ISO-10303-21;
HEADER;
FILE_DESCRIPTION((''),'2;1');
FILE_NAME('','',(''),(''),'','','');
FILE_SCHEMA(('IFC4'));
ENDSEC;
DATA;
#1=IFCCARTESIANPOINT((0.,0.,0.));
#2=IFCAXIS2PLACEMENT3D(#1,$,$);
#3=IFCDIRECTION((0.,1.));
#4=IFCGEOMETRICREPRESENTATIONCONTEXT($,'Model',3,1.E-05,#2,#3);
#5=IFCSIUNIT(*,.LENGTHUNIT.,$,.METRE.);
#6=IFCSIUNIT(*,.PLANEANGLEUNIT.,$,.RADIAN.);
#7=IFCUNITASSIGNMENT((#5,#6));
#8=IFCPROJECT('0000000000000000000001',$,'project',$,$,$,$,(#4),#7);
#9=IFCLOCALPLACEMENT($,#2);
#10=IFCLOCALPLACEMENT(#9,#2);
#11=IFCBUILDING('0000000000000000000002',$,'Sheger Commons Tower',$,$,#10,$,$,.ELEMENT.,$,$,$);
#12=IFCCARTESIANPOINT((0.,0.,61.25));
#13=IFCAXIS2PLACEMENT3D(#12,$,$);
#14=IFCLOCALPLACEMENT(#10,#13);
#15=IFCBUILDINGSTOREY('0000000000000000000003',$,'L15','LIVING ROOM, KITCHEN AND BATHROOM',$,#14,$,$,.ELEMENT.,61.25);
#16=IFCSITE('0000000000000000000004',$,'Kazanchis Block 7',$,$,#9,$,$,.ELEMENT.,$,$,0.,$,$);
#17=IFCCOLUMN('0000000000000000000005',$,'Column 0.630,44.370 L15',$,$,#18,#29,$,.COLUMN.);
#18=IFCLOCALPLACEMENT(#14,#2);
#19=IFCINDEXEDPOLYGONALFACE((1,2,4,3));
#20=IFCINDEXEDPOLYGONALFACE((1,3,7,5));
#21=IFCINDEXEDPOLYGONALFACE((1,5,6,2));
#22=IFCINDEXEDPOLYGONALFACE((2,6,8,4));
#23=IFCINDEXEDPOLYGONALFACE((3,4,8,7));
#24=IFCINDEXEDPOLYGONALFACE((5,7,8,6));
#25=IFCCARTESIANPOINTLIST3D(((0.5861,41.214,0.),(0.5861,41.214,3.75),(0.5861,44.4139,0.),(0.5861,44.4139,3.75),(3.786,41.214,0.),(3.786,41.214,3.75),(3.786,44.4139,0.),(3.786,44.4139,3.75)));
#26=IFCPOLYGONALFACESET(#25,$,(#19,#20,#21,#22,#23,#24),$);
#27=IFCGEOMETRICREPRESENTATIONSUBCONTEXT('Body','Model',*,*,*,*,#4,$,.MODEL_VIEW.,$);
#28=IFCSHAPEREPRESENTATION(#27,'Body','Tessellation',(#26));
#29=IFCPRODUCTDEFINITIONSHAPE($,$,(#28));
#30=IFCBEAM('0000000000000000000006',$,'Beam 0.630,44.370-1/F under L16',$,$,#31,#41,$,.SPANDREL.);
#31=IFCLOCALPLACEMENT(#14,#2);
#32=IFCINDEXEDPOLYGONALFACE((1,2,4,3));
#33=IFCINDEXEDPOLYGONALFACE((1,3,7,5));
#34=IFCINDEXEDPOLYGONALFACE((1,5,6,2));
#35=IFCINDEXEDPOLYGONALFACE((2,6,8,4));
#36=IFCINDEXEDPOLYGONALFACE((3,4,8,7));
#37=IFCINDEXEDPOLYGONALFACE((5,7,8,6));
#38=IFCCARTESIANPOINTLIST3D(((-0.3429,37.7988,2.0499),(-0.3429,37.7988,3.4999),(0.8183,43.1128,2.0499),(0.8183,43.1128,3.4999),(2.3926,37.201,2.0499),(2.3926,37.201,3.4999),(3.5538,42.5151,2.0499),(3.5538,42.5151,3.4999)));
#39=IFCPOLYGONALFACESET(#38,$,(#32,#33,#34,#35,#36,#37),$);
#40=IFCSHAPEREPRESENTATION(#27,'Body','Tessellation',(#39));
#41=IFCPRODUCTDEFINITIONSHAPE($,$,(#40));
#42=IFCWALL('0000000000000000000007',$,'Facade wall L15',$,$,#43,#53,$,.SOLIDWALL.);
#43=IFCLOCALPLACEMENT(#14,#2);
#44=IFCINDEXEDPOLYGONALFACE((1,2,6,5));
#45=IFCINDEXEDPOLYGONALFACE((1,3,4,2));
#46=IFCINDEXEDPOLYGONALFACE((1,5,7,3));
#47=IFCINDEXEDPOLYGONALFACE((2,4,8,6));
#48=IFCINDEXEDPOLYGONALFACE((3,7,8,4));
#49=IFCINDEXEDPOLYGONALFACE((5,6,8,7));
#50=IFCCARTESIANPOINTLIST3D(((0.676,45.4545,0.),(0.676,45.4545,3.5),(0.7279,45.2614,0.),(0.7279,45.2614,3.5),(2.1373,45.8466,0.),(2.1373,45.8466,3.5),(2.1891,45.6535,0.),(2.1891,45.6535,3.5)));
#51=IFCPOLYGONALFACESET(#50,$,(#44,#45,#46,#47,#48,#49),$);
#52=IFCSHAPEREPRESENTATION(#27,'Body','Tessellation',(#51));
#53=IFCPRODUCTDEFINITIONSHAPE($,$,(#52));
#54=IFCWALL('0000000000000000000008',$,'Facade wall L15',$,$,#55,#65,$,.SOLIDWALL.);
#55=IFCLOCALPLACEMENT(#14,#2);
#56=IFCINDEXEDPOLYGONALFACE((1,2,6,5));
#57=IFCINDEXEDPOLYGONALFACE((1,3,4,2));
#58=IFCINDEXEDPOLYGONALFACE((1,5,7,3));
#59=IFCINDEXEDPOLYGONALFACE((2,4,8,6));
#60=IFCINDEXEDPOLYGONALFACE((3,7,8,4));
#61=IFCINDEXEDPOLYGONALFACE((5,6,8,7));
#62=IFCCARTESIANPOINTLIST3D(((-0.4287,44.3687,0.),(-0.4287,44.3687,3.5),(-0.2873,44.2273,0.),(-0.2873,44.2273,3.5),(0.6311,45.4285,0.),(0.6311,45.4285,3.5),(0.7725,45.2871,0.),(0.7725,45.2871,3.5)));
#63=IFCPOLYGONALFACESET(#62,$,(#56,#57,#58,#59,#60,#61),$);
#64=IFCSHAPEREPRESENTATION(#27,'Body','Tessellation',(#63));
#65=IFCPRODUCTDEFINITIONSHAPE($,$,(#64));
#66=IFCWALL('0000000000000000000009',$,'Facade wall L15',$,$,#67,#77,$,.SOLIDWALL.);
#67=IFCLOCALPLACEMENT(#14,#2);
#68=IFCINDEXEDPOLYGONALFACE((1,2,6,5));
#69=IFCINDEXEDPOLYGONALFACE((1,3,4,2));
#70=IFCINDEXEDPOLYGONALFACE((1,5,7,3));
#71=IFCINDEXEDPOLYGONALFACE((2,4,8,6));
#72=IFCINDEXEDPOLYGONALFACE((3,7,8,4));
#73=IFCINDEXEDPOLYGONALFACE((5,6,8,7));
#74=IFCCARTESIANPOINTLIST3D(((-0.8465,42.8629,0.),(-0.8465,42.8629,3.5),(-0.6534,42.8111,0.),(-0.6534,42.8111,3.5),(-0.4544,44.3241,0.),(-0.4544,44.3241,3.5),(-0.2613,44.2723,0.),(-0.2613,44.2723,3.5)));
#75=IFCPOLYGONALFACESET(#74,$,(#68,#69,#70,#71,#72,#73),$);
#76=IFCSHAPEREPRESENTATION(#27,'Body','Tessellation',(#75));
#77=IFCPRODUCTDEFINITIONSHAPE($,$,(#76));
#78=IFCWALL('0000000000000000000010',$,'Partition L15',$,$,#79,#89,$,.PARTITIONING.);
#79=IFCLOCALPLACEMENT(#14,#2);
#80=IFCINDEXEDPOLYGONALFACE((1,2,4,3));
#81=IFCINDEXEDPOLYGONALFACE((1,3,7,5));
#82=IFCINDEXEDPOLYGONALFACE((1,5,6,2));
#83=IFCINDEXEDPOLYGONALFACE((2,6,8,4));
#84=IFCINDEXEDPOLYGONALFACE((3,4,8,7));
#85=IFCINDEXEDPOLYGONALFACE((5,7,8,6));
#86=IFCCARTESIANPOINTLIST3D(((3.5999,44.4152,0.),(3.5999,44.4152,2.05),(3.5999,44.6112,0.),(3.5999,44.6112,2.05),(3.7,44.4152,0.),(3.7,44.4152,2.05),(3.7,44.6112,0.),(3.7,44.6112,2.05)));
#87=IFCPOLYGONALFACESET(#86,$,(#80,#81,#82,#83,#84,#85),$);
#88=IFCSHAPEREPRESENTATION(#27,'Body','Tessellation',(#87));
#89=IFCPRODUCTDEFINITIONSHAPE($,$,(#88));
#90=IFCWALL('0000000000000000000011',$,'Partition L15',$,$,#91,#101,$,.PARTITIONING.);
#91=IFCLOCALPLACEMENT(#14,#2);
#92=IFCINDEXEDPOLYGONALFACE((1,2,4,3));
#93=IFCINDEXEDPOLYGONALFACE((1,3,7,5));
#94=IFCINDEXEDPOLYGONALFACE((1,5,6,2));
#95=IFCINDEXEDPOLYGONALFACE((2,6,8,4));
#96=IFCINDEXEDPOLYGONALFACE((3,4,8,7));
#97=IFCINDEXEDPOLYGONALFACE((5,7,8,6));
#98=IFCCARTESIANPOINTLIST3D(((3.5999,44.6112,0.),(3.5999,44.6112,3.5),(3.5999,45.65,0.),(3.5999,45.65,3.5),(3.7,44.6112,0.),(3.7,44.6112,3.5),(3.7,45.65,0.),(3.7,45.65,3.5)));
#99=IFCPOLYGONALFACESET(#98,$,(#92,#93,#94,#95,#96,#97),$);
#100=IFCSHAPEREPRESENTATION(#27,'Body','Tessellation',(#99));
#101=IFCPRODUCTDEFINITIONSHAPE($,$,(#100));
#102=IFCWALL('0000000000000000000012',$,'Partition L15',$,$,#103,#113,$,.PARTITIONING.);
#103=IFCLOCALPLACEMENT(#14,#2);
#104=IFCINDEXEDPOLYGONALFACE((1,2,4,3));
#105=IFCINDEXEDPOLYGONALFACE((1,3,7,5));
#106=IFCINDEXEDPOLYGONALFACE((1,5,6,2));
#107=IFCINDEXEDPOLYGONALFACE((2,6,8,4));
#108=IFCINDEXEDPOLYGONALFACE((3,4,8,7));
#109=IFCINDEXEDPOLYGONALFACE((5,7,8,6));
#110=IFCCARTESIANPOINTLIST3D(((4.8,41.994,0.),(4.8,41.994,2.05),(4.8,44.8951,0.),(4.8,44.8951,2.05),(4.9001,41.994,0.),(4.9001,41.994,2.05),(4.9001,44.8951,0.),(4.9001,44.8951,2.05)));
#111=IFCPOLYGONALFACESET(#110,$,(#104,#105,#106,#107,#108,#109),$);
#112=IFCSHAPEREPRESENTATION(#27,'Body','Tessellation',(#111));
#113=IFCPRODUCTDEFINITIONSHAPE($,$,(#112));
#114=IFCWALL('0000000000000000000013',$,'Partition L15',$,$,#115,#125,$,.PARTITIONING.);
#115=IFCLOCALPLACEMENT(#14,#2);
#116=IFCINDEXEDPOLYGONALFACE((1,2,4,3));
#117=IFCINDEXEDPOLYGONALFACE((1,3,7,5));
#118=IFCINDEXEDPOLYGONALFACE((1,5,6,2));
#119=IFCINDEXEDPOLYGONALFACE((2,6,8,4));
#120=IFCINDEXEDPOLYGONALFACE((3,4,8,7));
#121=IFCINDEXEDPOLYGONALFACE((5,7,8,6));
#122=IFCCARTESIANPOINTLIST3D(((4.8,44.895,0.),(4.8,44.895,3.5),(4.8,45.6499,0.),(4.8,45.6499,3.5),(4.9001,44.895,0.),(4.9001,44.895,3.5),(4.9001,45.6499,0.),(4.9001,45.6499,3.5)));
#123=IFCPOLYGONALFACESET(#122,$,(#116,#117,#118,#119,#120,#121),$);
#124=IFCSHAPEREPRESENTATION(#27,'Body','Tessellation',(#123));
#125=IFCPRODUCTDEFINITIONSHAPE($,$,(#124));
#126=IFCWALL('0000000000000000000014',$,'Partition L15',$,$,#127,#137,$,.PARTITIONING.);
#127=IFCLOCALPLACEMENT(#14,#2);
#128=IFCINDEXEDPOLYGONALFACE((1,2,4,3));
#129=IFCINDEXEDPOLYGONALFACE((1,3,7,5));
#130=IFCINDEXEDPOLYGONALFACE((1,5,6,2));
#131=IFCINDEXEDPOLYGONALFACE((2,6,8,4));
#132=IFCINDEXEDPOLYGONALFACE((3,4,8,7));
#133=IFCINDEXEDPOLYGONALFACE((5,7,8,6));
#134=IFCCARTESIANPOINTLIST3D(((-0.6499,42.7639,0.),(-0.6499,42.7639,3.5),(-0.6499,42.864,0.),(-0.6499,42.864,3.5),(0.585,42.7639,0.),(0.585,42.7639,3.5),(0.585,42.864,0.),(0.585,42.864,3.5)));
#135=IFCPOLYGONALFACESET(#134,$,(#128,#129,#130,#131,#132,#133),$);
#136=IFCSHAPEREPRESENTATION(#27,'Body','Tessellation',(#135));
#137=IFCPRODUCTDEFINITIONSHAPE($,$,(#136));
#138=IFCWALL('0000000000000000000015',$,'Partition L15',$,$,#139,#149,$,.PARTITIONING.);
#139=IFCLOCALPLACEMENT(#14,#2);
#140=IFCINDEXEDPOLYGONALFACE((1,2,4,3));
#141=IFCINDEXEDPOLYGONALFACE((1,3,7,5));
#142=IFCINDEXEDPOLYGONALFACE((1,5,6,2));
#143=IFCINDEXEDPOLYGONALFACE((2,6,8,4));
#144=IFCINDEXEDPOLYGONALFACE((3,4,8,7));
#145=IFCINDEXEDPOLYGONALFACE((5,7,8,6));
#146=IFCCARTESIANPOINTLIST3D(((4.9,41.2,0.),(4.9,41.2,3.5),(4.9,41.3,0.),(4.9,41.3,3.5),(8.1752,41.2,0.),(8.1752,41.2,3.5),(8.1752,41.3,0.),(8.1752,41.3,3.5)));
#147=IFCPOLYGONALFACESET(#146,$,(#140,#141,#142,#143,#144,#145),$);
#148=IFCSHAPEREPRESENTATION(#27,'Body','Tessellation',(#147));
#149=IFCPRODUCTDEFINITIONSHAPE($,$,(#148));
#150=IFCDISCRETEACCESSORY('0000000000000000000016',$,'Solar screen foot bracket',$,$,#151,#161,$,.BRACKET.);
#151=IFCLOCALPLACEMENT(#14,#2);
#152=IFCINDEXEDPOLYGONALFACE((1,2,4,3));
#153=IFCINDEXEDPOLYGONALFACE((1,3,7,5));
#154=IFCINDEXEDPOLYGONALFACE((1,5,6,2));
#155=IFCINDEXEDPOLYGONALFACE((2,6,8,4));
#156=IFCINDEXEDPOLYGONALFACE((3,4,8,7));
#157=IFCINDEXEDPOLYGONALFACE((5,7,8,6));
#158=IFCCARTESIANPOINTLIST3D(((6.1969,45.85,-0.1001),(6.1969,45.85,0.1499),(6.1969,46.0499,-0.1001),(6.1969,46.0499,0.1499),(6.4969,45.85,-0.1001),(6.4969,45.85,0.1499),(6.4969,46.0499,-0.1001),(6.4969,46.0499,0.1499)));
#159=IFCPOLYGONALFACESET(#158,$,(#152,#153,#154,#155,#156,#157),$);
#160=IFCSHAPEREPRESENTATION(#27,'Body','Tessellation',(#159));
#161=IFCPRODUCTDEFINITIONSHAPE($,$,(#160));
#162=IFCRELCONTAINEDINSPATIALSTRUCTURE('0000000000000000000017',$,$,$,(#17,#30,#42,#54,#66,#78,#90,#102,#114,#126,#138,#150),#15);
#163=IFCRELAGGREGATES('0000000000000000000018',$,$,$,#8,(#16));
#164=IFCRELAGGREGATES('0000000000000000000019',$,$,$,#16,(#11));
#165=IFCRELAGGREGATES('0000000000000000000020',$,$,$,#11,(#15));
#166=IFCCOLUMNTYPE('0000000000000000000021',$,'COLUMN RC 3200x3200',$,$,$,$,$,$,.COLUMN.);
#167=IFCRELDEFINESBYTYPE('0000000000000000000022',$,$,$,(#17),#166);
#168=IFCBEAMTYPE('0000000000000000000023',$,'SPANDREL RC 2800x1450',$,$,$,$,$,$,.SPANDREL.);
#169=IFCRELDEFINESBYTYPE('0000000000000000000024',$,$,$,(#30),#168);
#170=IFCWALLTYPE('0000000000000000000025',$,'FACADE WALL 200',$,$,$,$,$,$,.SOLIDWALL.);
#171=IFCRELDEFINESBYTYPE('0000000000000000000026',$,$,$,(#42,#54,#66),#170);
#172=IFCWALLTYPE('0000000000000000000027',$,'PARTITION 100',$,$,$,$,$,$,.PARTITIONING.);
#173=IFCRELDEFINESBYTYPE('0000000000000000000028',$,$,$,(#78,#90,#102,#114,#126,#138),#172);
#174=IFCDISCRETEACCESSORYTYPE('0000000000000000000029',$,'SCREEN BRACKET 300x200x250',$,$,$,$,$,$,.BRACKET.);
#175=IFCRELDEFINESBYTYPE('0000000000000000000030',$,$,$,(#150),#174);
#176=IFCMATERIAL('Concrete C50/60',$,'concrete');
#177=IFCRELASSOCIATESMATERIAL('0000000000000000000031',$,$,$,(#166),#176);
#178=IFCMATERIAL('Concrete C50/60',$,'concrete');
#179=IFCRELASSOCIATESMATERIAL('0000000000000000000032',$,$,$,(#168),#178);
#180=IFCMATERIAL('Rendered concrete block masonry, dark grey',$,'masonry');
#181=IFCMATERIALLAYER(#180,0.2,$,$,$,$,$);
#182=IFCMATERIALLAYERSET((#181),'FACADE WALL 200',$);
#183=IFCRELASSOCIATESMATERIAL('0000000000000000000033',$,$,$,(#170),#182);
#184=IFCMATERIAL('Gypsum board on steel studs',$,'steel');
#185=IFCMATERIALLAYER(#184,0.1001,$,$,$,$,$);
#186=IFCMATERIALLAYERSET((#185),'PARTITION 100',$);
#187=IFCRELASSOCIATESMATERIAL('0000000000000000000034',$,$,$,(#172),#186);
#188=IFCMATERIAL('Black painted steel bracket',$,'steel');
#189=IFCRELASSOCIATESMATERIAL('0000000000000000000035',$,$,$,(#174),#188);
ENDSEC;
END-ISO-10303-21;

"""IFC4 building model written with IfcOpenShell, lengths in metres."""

from ifc_helpers import new_model, si_unit, direction, frame, frame_2d, origin, origin_2d, place, context, subcontext, project, spatial, rectangle, extrude, material, layer, layer_set, material_profile, profile_set, type_object, element, save


model = new_model("IFC4")

# Units and contexts
model_context = context("Model", 3, precision=1e-05, world=origin(), true_north=direction((0.0, 1.0)))
body_context = subcontext(model_context, "Body", "Model", "MODEL_VIEW")
ifc_project = project(units=[si_unit("LENGTHUNIT", "METRE"), si_unit("PLANEANGLEUNIT", "RADIAN")], contexts=[model_context])

# Site, building, storey
site_placement = place(None, origin())
site = spatial("IfcSite", under=ifc_project, at=site_placement, Name="Kazanchis Block 7", CompositionType="ELEMENT", RefElevation=0.0)
building_placement = place(site_placement, origin())
building = spatial("IfcBuilding", under=site, at=building_placement, Name="Sheger Commons Tower", CompositionType="ELEMENT")
storey_placement = place(building_placement, frame((0.0, 0.0, 61.25)))
storey = spatial("IfcBuildingStorey", under=building, at=storey_placement, Name="L15", Description="LIVING ROOM, KITCHEN AND BATHROOM", CompositionType="ELEMENT", Elevation=61.25)

# Column
ifc_material_1 = material(Name="Concrete C50/60", Category="concrete")
ifc_material_profile_1 = material_profile(ifc_material_1, rectangle(XDim=3.2, YDim=3.2, at=origin_2d()), Name="RC 3200x3200")
ifc_profile_set_1 = profile_set([ifc_material_profile_1], Name="Concrete C50/60")
column_type = type_object("IfcColumnType", Name="COLUMN RC 3200x3200", PredefinedType="COLUMN", material=ifc_profile_set_1)
column_placement = place(storey_placement, frame((2.186, 42.814, 0.0), z_axis=(0.0, 0.0, 1.0), x_axis=(1.0, 0.0, 0.0)))
element("IfcColumn", 1, at=column_placement, inside=storey, type_object=column_type, Name="Column 0.630,44.370 L15", PredefinedType="COLUMN", context=body_context, shape_type="SweptSolid", body=[
    extrude(rectangle(XDim=3.2, YDim=3.2, at=origin_2d()), origin(), (0.0, 0.0, 1.0), 3.75),
])

# Beam
ifc_material_2 = material(Name="Concrete C50/60", Category="concrete")
ifc_material_profile_2 = material_profile(ifc_material_2, rectangle(XDim=2.8, YDim=1.45, at=origin_2d()), Name="RC 2800x1450")
ifc_profile_set_2 = profile_set([ifc_material_profile_2], Name="Concrete C50/60")
beam_type = type_object("IfcBeamType", Name="SPANDREL RC 2800x1450", PredefinedType="SPANDREL", material=ifc_profile_set_2)
beam_placement = place(storey_placement, frame((2.186, 42.814, 2.7749), z_axis=(-0.213469, -0.97695, 0.0), x_axis=(0.97695, -0.213469, 0.0)))
element("IfcBeam", 2, at=beam_placement, inside=storey, type_object=beam_type, Name="Beam 0.630,44.370-1/F under L16", PredefinedType="SPANDREL", context=body_context, shape_type="SweptSolid", body=[
    extrude(rectangle(XDim=2.8, YDim=1.45, at=origin_2d()), origin(), (0.0, 0.0, 1.0), 5.4395),
])

# Walls
ifc_material_3 = material(Name="Rendered concrete block masonry, dark grey", Category="masonry")
ifc_layer_1 = layer(ifc_material_3, 0.2)
ifc_layer_set_1 = layer_set([ifc_layer_1], Name="FACADE WALL 200")
wall_type_1 = type_object("IfcWallType", Name="FACADE WALL 200", PredefinedType="SOLIDWALL", material=ifc_layer_set_1)
wall_1_placement = place(storey_placement, frame((2.1631, 45.75, 0.0), z_axis=(0.0, 0.0, 1.0), x_axis=(-0.965832, -0.259169, 0.0)))
element("IfcWall", 3, at=wall_1_placement, inside=storey, type_object=wall_type_1, Name="Facade wall L15", PredefinedType="SOLIDWALL", context=body_context, shape_type="SweptSolid", body=[
    extrude(rectangle(XDim=1.5129, YDim=0.2, at=frame_2d((0.7563, 0.0))), origin(), (0.0, 0.0, 1.0), 3.5),
])
wall_2_placement = place(storey_placement, frame((0.7019, 45.3579, 0.0), z_axis=(0.0, 0.0, 1.0), x_axis=(-0.707107, -0.707107, 0.0)))
element("IfcWall", 4, at=wall_2_placement, inside=storey, type_object=wall_type_1, Name="Facade wall L15", PredefinedType="SOLIDWALL", context=body_context, shape_type="SweptSolid", body=[
    extrude(rectangle(XDim=1.4988, YDim=0.2, at=frame_2d((0.7495, 0.0))), origin(), (0.0, 0.0, 1.0), 3.5),
])
wall_3_placement = place(storey_placement, frame((-0.3579, 44.2981, 0.0), z_axis=(0.0, 0.0, 1.0), x_axis=(-0.259169, -0.965832, 0.0)))
element("IfcWall", 5, at=wall_3_placement, inside=storey, type_object=wall_type_1, Name="Facade wall L15", PredefinedType="SOLIDWALL", context=body_context, shape_type="SweptSolid", body=[
    extrude(rectangle(XDim=1.5129, YDim=0.2, at=frame_2d((0.7563, 0.0))), origin(), (0.0, 0.0, 1.0), 3.5),
])

# Walls
ifc_material_4 = material(Name="Gypsum board on steel studs", Category="steel")
ifc_layer_2 = layer(ifc_material_4, 0.1001)
ifc_layer_set_2 = layer_set([ifc_layer_2], Name="PARTITION 100")
wall_type_2 = type_object("IfcWallType", Name="PARTITION 100", PredefinedType="PARTITIONING", material=ifc_layer_set_2)
wall_4_placement = place(storey_placement, frame((3.6499, 44.415, 0.0), z_axis=(0.0, 0.0, 1.0), x_axis=(0.0, 1.0, 0.0)))
element("IfcWall", 6, at=wall_4_placement, inside=storey, type_object=wall_type_2, Name="Partition L15", PredefinedType="PARTITIONING", context=body_context, shape_type="SweptSolid", body=[
    extrude(rectangle(XDim=0.196, YDim=0.1001, at=frame_2d((0.0981, 0.0))), origin(), (0.0, 0.0, 1.0), 2.05),
])
wall_5_placement = place(storey_placement, frame((3.6499, 44.6111, 0.0), z_axis=(0.0, 0.0, 1.0), x_axis=(0.0, 1.0, 0.0)))
element("IfcWall", 7, at=wall_5_placement, inside=storey, type_object=wall_type_2, Name="Partition L15", PredefinedType="PARTITIONING", context=body_context, shape_type="SweptSolid", body=[
    extrude(rectangle(XDim=1.0388, YDim=0.1001, at=frame_2d((0.5195, 0.0))), origin(), (0.0, 0.0, 1.0), 3.5),
])
wall_6_placement = place(storey_placement, frame((4.8501, 41.9939, 0.0), z_axis=(0.0, 0.0, 1.0), x_axis=(0.0, 1.0, 0.0)))
element("IfcWall", 8, at=wall_6_placement, inside=storey, type_object=wall_type_2, Name="Partition L15", PredefinedType="PARTITIONING", context=body_context, shape_type="SweptSolid", body=[
    extrude(rectangle(XDim=2.9011, YDim=0.1001, at=frame_2d((1.4507, 0.0))), origin(), (0.0, 0.0, 1.0), 2.05),
])
wall_7_placement = place(storey_placement, frame((4.8501, 44.895, 0.0), z_axis=(0.0, 0.0, 1.0), x_axis=(0.0, 1.0, 0.0)))
element("IfcWall", 9, at=wall_7_placement, inside=storey, type_object=wall_type_2, Name="Partition L15", PredefinedType="PARTITIONING", context=body_context, shape_type="SweptSolid", body=[
    extrude(rectangle(XDim=0.7549, YDim=0.1001, at=frame_2d((0.3774, 0.0))), origin(), (0.0, 0.0, 1.0), 3.5),
])
wall_8_placement = place(storey_placement, frame((-0.6499, 42.814, 0.0), z_axis=(0.0, 0.0, 1.0), x_axis=(1.0, 0.0, 0.0)))
element("IfcWall", 10, at=wall_8_placement, inside=storey, type_object=wall_type_2, Name="Partition L15", PredefinedType="PARTITIONING", context=body_context, shape_type="SweptSolid", body=[
    extrude(rectangle(XDim=1.2349, YDim=0.1001, at=frame_2d((0.6174, 0.0))), origin(), (0.0, 0.0, 1.0), 3.5),
])
wall_9_placement = place(storey_placement, frame((4.8999, 41.25, 0.0), z_axis=(0.0, 0.0, 1.0), x_axis=(1.0, 0.0, 0.0)))
element("IfcWall", 11, at=wall_9_placement, inside=storey, type_object=wall_type_2, Name="Partition L15", PredefinedType="PARTITIONING", context=body_context, shape_type="SweptSolid", body=[
    extrude(rectangle(XDim=3.2751, YDim=0.1001, at=frame_2d((1.6377, 0.0))), origin(), (0.0, 0.0, 1.0), 3.5),
])

# Discrete accessory
ifc_material_5 = material(Name="Black painted steel bracket", Category="steel")
discrete_accessory_type = type_object("IfcDiscreteAccessoryType", Name="SCREEN BRACKET 300x200x250", PredefinedType="BRACKET", material=ifc_material_5)
discrete_accessory_placement = place(storey_placement, frame((6.3469, 45.95, -0.1001), z_axis=(0.0, 0.0, 1.0), x_axis=(-1.0, 0.0, 0.0)))
element("IfcDiscreteAccessory", 12, at=discrete_accessory_placement, inside=storey, type_object=discrete_accessory_type, Name="Solar screen foot bracket", PredefinedType="BRACKET", context=body_context, shape_type="SweptSolid", body=[
    extrude(rectangle(XDim=0.3, YDim=0.2, at=origin_2d()), origin(), (0.0, 0.0, 1.0), 0.25),
])

save(model, "model.ifc")
